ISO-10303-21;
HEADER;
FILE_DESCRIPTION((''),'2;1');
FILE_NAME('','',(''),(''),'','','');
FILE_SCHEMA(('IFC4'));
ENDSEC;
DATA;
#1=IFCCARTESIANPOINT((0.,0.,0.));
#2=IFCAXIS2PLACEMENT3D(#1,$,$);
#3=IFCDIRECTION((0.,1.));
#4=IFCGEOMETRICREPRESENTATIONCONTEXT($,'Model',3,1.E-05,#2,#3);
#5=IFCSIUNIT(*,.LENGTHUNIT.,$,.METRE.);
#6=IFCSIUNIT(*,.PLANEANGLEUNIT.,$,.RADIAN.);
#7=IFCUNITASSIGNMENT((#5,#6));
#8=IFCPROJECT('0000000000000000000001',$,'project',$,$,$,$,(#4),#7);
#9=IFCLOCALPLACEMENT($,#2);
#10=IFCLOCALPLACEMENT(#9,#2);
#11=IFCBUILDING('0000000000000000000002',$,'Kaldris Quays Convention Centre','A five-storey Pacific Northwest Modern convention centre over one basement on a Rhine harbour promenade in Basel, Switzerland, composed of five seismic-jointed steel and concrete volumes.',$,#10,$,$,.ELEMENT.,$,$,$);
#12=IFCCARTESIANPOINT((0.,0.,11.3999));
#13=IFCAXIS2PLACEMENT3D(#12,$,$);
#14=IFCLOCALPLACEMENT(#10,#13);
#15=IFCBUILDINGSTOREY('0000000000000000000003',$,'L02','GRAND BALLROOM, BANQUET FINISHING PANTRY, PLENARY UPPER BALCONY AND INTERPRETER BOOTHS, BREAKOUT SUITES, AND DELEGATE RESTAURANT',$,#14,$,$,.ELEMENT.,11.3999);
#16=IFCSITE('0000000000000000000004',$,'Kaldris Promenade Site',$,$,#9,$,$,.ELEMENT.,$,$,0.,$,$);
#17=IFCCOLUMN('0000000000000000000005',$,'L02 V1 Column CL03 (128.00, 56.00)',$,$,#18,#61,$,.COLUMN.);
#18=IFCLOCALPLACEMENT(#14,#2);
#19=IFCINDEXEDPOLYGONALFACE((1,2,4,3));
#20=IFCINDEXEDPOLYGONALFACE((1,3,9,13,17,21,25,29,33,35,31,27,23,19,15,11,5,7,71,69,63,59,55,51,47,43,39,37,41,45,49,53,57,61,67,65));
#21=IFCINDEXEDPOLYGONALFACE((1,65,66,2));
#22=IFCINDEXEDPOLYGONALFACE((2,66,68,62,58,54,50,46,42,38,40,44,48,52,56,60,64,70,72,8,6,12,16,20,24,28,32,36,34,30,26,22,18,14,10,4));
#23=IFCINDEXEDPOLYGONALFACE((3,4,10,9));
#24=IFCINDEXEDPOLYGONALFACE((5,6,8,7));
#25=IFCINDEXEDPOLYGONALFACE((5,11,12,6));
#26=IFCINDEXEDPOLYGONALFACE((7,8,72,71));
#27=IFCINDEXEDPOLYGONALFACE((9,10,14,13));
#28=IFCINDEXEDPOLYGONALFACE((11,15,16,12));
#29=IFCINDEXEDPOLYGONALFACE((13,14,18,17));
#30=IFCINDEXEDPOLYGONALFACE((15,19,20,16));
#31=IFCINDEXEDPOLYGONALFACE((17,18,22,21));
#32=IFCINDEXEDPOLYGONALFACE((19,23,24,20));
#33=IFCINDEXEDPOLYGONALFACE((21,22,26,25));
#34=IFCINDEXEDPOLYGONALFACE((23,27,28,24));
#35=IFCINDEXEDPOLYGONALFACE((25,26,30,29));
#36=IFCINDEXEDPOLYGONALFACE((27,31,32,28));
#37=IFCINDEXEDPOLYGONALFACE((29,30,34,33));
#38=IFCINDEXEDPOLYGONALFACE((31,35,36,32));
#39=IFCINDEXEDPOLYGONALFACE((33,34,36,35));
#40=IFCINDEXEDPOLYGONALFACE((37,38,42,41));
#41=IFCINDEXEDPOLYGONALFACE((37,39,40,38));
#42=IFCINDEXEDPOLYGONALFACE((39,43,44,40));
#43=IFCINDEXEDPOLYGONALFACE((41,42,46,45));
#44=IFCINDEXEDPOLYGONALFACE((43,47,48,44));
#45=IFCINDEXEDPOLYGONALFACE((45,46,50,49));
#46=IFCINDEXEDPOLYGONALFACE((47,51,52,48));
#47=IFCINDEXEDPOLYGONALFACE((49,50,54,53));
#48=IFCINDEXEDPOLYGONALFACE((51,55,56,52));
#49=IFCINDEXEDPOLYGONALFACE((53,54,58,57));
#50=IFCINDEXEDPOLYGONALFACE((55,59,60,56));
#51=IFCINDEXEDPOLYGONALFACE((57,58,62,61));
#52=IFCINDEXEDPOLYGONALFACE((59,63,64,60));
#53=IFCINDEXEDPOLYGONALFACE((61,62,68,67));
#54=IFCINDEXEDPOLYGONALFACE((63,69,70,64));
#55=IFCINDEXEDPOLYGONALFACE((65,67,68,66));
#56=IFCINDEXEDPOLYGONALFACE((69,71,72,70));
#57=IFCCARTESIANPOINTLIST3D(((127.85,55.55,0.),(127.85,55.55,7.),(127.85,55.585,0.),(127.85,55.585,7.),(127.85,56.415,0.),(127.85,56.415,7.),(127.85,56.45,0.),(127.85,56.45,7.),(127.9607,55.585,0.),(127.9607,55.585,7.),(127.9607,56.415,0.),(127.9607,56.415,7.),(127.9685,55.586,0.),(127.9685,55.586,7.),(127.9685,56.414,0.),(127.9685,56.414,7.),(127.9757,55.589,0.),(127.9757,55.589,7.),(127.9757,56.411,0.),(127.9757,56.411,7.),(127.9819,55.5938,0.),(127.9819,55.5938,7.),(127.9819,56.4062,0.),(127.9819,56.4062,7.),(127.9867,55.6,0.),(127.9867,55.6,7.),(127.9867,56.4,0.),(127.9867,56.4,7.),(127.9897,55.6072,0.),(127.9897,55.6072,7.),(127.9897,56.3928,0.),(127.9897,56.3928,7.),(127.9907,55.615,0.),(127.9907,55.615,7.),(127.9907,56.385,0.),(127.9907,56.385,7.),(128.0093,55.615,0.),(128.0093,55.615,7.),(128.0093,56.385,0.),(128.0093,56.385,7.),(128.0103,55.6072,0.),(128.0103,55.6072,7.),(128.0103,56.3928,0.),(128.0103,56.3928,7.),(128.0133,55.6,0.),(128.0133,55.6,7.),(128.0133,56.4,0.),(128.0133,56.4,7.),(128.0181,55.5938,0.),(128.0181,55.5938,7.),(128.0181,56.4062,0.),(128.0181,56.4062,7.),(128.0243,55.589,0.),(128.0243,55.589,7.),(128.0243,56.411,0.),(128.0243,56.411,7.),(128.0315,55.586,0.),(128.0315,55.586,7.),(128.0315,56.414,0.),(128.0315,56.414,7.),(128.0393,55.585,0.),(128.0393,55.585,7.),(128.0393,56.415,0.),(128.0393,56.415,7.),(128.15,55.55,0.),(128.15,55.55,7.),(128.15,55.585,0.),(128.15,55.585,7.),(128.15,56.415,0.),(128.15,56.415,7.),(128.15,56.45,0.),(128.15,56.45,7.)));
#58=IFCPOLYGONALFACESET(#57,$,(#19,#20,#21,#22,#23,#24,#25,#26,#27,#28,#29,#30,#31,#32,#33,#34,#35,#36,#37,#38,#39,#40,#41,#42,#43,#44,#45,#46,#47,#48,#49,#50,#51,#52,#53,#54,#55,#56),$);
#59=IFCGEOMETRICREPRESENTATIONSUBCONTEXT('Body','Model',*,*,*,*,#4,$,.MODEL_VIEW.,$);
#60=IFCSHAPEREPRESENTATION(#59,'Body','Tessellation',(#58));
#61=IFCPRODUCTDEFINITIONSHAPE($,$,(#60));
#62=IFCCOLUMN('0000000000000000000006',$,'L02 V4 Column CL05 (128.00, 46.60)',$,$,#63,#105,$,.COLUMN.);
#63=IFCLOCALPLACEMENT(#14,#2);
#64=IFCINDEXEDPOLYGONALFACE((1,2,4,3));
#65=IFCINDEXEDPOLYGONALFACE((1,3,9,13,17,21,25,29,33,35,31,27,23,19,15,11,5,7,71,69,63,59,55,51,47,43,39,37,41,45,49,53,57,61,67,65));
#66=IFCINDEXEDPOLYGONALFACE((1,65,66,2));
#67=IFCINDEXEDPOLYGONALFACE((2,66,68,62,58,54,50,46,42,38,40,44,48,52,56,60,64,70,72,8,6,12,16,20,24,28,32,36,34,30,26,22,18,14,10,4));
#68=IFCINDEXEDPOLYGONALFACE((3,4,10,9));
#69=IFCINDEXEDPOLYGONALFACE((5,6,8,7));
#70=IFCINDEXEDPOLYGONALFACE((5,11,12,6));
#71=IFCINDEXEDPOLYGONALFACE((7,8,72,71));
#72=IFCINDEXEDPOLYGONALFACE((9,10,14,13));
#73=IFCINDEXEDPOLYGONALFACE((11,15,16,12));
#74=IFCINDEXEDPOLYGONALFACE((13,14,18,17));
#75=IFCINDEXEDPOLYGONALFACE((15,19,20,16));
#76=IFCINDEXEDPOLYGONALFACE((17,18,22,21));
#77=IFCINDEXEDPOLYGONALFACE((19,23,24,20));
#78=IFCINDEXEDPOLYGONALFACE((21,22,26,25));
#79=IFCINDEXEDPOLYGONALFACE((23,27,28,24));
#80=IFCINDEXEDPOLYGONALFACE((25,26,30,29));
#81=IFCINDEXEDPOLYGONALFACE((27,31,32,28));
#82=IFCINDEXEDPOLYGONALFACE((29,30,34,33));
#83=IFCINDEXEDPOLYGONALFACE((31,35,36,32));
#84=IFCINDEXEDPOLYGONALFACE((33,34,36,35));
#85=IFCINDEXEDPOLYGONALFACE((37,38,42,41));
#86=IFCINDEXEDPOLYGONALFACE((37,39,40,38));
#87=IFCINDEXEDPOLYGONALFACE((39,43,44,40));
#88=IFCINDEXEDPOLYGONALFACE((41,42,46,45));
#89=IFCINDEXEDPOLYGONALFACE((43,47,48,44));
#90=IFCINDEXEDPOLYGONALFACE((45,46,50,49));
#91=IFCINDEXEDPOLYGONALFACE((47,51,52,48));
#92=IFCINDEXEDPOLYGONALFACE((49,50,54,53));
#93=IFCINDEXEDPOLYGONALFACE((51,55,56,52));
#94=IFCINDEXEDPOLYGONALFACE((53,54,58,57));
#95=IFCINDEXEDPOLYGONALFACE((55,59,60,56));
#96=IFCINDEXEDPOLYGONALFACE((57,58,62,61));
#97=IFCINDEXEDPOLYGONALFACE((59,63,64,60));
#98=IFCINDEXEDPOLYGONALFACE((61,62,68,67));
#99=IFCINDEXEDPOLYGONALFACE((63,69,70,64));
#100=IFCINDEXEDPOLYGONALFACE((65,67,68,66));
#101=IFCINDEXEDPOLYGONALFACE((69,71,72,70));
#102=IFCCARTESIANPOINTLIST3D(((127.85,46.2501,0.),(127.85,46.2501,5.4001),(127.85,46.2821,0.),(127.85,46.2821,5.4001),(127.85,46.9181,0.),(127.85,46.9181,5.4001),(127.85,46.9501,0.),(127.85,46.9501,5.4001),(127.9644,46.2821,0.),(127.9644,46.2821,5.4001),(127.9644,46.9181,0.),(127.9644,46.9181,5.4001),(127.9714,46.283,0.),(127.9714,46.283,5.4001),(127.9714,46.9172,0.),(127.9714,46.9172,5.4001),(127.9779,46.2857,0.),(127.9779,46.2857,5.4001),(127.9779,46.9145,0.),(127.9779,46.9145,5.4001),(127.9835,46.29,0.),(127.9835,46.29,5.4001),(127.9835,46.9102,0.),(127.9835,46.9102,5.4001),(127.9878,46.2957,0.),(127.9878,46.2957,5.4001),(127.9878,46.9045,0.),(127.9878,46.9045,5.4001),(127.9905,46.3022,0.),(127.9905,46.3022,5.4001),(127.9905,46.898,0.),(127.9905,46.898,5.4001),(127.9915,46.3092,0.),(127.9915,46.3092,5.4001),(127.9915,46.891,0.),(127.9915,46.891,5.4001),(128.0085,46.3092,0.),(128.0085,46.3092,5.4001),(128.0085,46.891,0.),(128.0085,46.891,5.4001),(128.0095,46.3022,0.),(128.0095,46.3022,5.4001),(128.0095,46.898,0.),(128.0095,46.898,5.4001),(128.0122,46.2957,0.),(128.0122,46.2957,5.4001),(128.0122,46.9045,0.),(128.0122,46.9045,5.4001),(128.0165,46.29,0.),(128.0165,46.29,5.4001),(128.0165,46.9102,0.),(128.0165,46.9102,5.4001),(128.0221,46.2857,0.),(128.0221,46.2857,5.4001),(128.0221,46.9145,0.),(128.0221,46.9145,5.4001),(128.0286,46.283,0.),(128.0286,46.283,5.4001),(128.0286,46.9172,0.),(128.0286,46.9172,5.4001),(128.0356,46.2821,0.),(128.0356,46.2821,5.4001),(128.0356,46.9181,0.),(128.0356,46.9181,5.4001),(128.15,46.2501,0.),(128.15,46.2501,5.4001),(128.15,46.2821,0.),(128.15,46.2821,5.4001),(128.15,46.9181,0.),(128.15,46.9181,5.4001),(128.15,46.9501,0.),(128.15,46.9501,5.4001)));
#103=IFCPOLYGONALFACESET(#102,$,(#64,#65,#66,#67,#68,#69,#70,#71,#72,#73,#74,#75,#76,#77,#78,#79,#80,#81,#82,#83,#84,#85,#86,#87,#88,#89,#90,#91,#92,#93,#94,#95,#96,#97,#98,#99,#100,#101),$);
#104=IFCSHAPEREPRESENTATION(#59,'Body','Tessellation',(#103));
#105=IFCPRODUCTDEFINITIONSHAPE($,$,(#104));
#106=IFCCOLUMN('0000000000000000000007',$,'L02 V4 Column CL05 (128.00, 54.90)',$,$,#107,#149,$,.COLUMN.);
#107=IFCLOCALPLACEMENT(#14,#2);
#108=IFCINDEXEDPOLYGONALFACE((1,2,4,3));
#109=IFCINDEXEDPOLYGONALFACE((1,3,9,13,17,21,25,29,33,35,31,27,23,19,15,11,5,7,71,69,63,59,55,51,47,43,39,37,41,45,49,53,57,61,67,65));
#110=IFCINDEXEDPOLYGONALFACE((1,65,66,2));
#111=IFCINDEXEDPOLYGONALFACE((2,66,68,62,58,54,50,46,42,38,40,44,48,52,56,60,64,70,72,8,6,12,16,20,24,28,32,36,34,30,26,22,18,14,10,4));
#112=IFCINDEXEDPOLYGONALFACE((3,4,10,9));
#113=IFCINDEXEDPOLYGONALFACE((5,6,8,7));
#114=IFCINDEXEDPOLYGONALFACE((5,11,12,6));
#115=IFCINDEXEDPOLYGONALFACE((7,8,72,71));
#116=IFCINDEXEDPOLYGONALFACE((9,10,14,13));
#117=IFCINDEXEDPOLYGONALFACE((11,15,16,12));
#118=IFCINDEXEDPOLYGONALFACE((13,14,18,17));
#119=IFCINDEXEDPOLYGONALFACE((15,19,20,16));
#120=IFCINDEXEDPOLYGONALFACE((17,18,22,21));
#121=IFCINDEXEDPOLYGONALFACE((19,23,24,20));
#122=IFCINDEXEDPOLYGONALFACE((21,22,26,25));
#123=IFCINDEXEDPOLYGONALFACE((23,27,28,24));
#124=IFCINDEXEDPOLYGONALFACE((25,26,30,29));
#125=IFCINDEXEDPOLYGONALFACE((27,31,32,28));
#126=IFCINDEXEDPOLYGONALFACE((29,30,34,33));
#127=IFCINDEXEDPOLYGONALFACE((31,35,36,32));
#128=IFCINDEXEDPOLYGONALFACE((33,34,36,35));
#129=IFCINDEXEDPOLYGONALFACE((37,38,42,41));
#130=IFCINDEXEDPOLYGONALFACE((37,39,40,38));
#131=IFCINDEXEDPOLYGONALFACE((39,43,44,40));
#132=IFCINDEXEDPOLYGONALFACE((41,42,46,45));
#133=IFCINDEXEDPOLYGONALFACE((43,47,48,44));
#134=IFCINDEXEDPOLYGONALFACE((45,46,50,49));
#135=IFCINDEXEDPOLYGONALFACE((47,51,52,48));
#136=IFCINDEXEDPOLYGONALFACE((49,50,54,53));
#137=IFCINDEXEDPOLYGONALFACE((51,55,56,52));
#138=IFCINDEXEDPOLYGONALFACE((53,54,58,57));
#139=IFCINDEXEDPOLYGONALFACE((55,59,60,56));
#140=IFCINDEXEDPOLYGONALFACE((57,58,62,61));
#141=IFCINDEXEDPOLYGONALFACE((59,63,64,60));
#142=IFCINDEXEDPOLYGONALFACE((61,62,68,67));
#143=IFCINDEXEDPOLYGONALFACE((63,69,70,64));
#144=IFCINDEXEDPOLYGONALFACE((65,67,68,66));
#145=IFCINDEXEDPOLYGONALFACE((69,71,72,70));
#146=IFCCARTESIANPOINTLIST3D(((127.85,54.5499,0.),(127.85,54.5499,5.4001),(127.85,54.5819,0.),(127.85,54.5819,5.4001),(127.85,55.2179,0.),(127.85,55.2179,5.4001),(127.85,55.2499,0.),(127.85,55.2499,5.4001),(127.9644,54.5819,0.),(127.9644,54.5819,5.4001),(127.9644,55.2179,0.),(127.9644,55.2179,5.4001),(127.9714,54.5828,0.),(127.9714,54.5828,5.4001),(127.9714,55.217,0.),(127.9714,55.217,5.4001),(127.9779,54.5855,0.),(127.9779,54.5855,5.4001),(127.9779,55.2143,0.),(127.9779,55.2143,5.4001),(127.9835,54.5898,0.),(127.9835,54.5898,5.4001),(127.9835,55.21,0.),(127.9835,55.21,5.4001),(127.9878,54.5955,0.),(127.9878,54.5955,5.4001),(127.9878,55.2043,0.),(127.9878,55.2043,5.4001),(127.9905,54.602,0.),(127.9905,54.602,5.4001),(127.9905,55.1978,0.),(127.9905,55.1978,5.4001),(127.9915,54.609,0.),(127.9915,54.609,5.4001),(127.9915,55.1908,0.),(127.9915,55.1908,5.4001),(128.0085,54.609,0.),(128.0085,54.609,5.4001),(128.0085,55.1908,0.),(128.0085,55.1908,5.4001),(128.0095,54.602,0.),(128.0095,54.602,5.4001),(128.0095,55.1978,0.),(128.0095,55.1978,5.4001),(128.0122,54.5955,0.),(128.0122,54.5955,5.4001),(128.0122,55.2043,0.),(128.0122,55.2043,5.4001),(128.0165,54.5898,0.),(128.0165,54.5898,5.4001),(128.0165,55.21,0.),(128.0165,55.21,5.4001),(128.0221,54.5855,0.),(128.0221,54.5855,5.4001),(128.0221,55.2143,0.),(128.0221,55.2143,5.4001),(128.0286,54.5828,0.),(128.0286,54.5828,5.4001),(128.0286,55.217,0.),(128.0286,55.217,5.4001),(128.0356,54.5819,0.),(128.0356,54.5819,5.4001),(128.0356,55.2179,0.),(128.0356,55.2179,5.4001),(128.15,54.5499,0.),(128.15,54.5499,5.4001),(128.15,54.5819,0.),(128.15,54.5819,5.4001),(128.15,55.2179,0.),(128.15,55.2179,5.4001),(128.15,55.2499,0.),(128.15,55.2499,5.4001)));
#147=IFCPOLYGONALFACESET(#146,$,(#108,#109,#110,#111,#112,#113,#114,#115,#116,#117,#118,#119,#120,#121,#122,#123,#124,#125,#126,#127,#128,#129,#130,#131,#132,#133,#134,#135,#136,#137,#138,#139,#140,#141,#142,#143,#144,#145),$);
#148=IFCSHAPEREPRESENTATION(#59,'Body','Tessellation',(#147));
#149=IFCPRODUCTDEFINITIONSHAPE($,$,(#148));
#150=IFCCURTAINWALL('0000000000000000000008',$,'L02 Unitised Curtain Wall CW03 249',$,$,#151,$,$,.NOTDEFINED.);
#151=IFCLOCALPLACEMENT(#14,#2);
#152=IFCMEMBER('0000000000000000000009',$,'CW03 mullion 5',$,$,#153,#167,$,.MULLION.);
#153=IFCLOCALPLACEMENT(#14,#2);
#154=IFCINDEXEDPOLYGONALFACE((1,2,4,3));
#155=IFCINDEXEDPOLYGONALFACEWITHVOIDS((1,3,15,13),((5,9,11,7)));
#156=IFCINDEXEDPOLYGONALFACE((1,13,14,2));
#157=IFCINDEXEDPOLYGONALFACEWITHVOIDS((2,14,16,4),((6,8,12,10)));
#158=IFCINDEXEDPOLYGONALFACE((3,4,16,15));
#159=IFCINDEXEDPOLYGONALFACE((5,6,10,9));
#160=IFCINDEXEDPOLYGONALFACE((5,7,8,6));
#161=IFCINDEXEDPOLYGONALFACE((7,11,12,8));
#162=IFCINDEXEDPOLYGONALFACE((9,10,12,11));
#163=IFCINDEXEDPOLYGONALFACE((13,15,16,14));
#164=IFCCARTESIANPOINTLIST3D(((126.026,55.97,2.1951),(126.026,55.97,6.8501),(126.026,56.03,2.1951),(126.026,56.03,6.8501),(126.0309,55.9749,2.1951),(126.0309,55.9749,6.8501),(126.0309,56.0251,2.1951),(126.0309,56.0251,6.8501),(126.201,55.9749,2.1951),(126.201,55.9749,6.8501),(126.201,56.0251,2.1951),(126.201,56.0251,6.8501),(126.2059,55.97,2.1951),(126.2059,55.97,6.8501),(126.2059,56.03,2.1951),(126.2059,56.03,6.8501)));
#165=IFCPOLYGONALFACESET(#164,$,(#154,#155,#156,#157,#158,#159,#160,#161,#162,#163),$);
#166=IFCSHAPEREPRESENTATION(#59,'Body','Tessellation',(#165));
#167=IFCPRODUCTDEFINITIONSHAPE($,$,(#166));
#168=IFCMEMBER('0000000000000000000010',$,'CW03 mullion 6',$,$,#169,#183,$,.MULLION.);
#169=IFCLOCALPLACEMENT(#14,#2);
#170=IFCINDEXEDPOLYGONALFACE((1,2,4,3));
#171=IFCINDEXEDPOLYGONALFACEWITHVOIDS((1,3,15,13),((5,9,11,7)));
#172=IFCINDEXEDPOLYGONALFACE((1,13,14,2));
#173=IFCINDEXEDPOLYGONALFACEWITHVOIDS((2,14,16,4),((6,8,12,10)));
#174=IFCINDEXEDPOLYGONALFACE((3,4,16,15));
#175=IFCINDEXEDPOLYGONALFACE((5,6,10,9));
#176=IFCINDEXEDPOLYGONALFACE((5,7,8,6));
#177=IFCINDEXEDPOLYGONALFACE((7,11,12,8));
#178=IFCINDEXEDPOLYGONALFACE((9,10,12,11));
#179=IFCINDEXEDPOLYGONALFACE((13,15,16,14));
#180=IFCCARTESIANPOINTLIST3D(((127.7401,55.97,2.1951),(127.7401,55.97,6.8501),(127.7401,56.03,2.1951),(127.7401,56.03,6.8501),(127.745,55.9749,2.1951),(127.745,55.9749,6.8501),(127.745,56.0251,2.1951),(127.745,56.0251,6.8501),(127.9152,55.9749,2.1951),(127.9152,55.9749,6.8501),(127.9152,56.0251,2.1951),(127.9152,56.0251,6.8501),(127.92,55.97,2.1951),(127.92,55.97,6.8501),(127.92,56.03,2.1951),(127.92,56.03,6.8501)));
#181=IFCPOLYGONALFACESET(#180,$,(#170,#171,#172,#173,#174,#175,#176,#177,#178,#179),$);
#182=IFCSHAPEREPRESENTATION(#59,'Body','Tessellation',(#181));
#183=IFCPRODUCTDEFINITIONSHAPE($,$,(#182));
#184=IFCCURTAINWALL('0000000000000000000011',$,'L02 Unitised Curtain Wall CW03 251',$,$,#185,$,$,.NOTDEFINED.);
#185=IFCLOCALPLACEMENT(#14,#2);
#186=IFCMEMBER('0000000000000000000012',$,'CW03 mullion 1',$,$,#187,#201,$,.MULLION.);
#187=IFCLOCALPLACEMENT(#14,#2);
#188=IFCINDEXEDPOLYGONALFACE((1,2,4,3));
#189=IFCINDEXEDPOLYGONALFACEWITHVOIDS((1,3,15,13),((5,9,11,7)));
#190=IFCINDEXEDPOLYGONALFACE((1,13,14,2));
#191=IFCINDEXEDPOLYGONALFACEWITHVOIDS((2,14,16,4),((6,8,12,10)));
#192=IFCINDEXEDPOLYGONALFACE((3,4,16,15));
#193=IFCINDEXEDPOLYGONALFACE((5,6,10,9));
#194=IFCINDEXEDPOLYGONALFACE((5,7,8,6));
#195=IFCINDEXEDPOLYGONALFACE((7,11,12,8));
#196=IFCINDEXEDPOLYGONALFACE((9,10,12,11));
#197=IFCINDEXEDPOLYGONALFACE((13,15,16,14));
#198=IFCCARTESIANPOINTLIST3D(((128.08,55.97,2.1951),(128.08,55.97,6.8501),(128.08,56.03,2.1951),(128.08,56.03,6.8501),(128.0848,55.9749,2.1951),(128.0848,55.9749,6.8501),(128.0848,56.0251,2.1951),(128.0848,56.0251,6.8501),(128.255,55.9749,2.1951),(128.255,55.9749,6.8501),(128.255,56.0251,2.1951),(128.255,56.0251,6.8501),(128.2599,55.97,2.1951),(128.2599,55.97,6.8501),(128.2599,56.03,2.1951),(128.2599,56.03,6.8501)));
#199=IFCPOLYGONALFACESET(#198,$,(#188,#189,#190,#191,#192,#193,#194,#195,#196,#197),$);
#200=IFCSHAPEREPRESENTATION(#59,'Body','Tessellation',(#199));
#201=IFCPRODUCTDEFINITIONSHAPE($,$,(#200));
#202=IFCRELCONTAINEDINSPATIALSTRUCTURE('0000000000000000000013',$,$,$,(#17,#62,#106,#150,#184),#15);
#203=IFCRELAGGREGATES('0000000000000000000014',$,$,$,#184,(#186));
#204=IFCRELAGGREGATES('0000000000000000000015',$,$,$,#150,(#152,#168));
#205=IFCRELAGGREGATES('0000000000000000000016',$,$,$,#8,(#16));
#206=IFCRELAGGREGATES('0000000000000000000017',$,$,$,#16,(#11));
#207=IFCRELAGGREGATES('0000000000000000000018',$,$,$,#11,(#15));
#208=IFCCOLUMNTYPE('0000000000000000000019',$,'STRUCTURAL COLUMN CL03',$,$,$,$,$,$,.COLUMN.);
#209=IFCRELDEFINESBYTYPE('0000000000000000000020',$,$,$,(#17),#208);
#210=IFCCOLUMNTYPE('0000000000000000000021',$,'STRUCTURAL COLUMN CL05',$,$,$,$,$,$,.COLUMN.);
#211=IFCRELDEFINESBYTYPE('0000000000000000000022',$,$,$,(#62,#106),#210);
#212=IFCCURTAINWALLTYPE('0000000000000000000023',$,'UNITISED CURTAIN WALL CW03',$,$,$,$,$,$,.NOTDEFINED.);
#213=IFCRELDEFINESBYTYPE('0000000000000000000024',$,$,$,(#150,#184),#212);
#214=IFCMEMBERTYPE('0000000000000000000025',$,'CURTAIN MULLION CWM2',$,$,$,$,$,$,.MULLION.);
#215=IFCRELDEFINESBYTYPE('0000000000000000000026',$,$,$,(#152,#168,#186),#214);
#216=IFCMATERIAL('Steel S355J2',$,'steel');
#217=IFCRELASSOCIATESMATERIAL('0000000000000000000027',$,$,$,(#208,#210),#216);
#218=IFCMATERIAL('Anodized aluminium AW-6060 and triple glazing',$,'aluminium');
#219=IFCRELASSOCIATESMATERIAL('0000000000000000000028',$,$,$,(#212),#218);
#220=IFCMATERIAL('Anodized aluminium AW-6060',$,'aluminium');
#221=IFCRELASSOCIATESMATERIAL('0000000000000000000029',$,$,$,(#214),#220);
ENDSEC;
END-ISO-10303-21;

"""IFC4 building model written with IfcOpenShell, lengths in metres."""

from ifc_helpers import new_model, si_unit, direction, frame, origin, origin_2d, place, context, subcontext, project, spatial, hollow_rectangle, i_section, extrude, material, material_profile, profile_set, type_object, element, aggregate, save


model = new_model("IFC4")

# Units and contexts
model_context = context("Model", 3, precision=1e-05, world=origin(), true_north=direction((0.0, 1.0)))
body_context = subcontext(model_context, "Body", "Model", "MODEL_VIEW")
ifc_project = project(units=[si_unit("LENGTHUNIT", "METRE"), si_unit("PLANEANGLEUNIT", "RADIAN")], contexts=[model_context])

# Site, building, storey
site_placement = place(None, origin())
site = spatial("IfcSite", under=ifc_project, at=site_placement, Name="Kaldris Promenade Site", CompositionType="ELEMENT", RefElevation=0.0)
building_placement = place(site_placement, origin())
building = spatial("IfcBuilding", under=site, at=building_placement, Name="Kaldris Quays Convention Centre", Description="A five-storey Pacific Northwest Modern convention centre over one basement on a Rhine harbour promenade in Basel, Switzerland, composed of five seismic-jointed steel and concrete volumes.", CompositionType="ELEMENT")
storey_placement = place(building_placement, frame((0.0, 0.0, 11.3999)))
storey = spatial("IfcBuildingStorey", under=building, at=storey_placement, Name="L02", Description="GRAND BALLROOM, BANQUET FINISHING PANTRY, PLENARY UPPER BALCONY AND INTERPRETER BOOTHS, BREAKOUT SUITES, AND DELEGATE RESTAURANT", CompositionType="ELEMENT", Elevation=11.3999)

# Columns
ifc_material_1 = material(Name="Steel S355J2", Category="steel")
ifc_material_profile_1 = material_profile(ifc_material_1, i_section(OverallWidth=0.3, OverallDepth=0.8999, WebThickness=0.0186, FlangeThickness=0.0349, FilletRadius=0.03, at=origin_2d()), Name="HEB 900")
ifc_profile_set_1 = profile_set([ifc_material_profile_1], Name="Steel S355J2")
column_type_1 = type_object("IfcColumnType", Name="STRUCTURAL COLUMN CL03", PredefinedType="COLUMN", material=ifc_profile_set_1)
column_placement = place(storey_placement, frame((128.0, 56.0, 0.0), z_axis=(0.0, 0.0, 1.0), x_axis=(1.0, 0.0, 0.0)))
element("IfcColumn", 1, at=column_placement, inside=storey, type_object=column_type_1, Name="L02 V1 Column CL03 (128.00, 56.00)", PredefinedType="COLUMN", context=body_context, shape_type="SweptSolid", body=[
    extrude(i_section(OverallWidth=0.3, OverallDepth=0.8999, WebThickness=0.0186, FlangeThickness=0.0349, FilletRadius=0.03, at=origin_2d()), origin(), (0.0, 0.0, 1.0), 7.0),
])
ifc_material_profile_2 = material_profile(ifc_material_1, i_section(OverallWidth=0.3, OverallDepth=0.7, WebThickness=0.0171, FlangeThickness=0.032, FilletRadius=0.0271, at=origin_2d()), Name="HEB 700")
ifc_profile_set_2 = profile_set([ifc_material_profile_2], Name="Steel S355J2")
column_type_2 = type_object("IfcColumnType", Name="STRUCTURAL COLUMN CL05", PredefinedType="COLUMN", material=ifc_profile_set_2)
for number, where, z_axis, x_axis, name in (
    (2, (128.0, 46.6001, 0.0), (0.0, 0.0, 1.0), (1.0, 0.0, 0.0), "L02 V4 Column CL05 (128.00, 46.60)"),
    (3, (128.0, 54.8999, 0.0), (0.0, 0.0, 1.0), (1.0, 0.0, 0.0), "L02 V4 Column CL05 (128.00, 54.90)"),
):
    element("IfcColumn", number, at=place(storey_placement, frame(where, z_axis=z_axis, x_axis=x_axis)), inside=storey, type_object=column_type_2, Name=name, PredefinedType="COLUMN", context=body_context, shape_type="SweptSolid", body=[
        extrude(i_section(OverallWidth=0.3, OverallDepth=0.7, WebThickness=0.0171, FlangeThickness=0.032, FilletRadius=0.0271, at=origin_2d()), origin(), (0.0, 0.0, 1.0), 5.4001),
    ])

# Curtain wall, members
ifc_material_2 = material(Name="Anodized aluminium AW-6060 and triple glazing", Category="aluminium")
curtain_wall_type = type_object("IfcCurtainWallType", Name="UNITISED CURTAIN WALL CW03", PredefinedType="NOTDEFINED", material=ifc_material_2)
curtain_wall_1_placement = place(storey_placement, origin())
curtain_wall_1 = element("IfcCurtainWall", 4, at=curtain_wall_1_placement, inside=storey, type_object=curtain_wall_type, Name="L02 Unitised Curtain Wall CW03 249", PredefinedType="NOTDEFINED")
ifc_material_3 = material(Name="Anodized aluminium AW-6060", Category="aluminium")
ifc_material_profile_3 = material_profile(ifc_material_3, hollow_rectangle(XDim=0.0601, YDim=0.1799, WallThickness=0.0049, at=origin_2d()), Name="RHS 180x60x5")
ifc_profile_set_3 = profile_set([ifc_material_profile_3], Name="Anodized aluminium AW-6060")
member_type_1 = type_object("IfcMemberType", Name="CURTAIN MULLION CWM2", PredefinedType="MULLION", material=ifc_profile_set_3)
member_1_placement = place(storey_placement, frame((126.116, 56.0, 2.1951), z_axis=(0.0, 0.0, 1.0), x_axis=(0.0, 1.0, 0.0)))
member_1 = element("IfcMember", 5, at=member_1_placement, type_object=member_type_1, Name="CW03 mullion 5", PredefinedType="MULLION", context=body_context, shape_type="SweptSolid", body=[
    extrude(hollow_rectangle(XDim=0.0601, YDim=0.1799, WallThickness=0.0049, at=origin_2d()), origin(), (0.0, 0.0, 1.0), 4.655),
])
member_2_placement = place(storey_placement, frame((127.8301, 56.0, 2.1951), z_axis=(0.0, 0.0, 1.0), x_axis=(0.0, 1.0, 0.0)))
member_2 = element("IfcMember", 6, at=member_2_placement, type_object=member_type_1, Name="CW03 mullion 6", PredefinedType="MULLION", context=body_context, shape_type="SweptSolid", body=[
    extrude(hollow_rectangle(XDim=0.0601, YDim=0.1799, WallThickness=0.0049, at=origin_2d()), origin(), (0.0, 0.0, 1.0), 4.655),
])

# Curtain wall, member
curtain_wall_2_placement = place(storey_placement, origin())
curtain_wall_2 = element("IfcCurtainWall", 7, at=curtain_wall_2_placement, inside=storey, type_object=curtain_wall_type, Name="L02 Unitised Curtain Wall CW03 251", PredefinedType="NOTDEFINED")
member_3_placement = place(storey_placement, frame((128.1699, 56.0, 2.1951), z_axis=(0.0, 0.0, 1.0), x_axis=(0.0, 1.0, 0.0)))
member_3 = element("IfcMember", 8, at=member_3_placement, type_object=member_type_1, Name="CW03 mullion 1", PredefinedType="MULLION", context=body_context, shape_type="SweptSolid", body=[
    extrude(hollow_rectangle(XDim=0.0601, YDim=0.1799, WallThickness=0.0049, at=origin_2d()), origin(), (0.0, 0.0, 1.0), 4.655),
])

aggregate(curtain_wall_2, [member_3])

aggregate(curtain_wall_1, [member_1, member_2])

save(model, "model.ifc")
